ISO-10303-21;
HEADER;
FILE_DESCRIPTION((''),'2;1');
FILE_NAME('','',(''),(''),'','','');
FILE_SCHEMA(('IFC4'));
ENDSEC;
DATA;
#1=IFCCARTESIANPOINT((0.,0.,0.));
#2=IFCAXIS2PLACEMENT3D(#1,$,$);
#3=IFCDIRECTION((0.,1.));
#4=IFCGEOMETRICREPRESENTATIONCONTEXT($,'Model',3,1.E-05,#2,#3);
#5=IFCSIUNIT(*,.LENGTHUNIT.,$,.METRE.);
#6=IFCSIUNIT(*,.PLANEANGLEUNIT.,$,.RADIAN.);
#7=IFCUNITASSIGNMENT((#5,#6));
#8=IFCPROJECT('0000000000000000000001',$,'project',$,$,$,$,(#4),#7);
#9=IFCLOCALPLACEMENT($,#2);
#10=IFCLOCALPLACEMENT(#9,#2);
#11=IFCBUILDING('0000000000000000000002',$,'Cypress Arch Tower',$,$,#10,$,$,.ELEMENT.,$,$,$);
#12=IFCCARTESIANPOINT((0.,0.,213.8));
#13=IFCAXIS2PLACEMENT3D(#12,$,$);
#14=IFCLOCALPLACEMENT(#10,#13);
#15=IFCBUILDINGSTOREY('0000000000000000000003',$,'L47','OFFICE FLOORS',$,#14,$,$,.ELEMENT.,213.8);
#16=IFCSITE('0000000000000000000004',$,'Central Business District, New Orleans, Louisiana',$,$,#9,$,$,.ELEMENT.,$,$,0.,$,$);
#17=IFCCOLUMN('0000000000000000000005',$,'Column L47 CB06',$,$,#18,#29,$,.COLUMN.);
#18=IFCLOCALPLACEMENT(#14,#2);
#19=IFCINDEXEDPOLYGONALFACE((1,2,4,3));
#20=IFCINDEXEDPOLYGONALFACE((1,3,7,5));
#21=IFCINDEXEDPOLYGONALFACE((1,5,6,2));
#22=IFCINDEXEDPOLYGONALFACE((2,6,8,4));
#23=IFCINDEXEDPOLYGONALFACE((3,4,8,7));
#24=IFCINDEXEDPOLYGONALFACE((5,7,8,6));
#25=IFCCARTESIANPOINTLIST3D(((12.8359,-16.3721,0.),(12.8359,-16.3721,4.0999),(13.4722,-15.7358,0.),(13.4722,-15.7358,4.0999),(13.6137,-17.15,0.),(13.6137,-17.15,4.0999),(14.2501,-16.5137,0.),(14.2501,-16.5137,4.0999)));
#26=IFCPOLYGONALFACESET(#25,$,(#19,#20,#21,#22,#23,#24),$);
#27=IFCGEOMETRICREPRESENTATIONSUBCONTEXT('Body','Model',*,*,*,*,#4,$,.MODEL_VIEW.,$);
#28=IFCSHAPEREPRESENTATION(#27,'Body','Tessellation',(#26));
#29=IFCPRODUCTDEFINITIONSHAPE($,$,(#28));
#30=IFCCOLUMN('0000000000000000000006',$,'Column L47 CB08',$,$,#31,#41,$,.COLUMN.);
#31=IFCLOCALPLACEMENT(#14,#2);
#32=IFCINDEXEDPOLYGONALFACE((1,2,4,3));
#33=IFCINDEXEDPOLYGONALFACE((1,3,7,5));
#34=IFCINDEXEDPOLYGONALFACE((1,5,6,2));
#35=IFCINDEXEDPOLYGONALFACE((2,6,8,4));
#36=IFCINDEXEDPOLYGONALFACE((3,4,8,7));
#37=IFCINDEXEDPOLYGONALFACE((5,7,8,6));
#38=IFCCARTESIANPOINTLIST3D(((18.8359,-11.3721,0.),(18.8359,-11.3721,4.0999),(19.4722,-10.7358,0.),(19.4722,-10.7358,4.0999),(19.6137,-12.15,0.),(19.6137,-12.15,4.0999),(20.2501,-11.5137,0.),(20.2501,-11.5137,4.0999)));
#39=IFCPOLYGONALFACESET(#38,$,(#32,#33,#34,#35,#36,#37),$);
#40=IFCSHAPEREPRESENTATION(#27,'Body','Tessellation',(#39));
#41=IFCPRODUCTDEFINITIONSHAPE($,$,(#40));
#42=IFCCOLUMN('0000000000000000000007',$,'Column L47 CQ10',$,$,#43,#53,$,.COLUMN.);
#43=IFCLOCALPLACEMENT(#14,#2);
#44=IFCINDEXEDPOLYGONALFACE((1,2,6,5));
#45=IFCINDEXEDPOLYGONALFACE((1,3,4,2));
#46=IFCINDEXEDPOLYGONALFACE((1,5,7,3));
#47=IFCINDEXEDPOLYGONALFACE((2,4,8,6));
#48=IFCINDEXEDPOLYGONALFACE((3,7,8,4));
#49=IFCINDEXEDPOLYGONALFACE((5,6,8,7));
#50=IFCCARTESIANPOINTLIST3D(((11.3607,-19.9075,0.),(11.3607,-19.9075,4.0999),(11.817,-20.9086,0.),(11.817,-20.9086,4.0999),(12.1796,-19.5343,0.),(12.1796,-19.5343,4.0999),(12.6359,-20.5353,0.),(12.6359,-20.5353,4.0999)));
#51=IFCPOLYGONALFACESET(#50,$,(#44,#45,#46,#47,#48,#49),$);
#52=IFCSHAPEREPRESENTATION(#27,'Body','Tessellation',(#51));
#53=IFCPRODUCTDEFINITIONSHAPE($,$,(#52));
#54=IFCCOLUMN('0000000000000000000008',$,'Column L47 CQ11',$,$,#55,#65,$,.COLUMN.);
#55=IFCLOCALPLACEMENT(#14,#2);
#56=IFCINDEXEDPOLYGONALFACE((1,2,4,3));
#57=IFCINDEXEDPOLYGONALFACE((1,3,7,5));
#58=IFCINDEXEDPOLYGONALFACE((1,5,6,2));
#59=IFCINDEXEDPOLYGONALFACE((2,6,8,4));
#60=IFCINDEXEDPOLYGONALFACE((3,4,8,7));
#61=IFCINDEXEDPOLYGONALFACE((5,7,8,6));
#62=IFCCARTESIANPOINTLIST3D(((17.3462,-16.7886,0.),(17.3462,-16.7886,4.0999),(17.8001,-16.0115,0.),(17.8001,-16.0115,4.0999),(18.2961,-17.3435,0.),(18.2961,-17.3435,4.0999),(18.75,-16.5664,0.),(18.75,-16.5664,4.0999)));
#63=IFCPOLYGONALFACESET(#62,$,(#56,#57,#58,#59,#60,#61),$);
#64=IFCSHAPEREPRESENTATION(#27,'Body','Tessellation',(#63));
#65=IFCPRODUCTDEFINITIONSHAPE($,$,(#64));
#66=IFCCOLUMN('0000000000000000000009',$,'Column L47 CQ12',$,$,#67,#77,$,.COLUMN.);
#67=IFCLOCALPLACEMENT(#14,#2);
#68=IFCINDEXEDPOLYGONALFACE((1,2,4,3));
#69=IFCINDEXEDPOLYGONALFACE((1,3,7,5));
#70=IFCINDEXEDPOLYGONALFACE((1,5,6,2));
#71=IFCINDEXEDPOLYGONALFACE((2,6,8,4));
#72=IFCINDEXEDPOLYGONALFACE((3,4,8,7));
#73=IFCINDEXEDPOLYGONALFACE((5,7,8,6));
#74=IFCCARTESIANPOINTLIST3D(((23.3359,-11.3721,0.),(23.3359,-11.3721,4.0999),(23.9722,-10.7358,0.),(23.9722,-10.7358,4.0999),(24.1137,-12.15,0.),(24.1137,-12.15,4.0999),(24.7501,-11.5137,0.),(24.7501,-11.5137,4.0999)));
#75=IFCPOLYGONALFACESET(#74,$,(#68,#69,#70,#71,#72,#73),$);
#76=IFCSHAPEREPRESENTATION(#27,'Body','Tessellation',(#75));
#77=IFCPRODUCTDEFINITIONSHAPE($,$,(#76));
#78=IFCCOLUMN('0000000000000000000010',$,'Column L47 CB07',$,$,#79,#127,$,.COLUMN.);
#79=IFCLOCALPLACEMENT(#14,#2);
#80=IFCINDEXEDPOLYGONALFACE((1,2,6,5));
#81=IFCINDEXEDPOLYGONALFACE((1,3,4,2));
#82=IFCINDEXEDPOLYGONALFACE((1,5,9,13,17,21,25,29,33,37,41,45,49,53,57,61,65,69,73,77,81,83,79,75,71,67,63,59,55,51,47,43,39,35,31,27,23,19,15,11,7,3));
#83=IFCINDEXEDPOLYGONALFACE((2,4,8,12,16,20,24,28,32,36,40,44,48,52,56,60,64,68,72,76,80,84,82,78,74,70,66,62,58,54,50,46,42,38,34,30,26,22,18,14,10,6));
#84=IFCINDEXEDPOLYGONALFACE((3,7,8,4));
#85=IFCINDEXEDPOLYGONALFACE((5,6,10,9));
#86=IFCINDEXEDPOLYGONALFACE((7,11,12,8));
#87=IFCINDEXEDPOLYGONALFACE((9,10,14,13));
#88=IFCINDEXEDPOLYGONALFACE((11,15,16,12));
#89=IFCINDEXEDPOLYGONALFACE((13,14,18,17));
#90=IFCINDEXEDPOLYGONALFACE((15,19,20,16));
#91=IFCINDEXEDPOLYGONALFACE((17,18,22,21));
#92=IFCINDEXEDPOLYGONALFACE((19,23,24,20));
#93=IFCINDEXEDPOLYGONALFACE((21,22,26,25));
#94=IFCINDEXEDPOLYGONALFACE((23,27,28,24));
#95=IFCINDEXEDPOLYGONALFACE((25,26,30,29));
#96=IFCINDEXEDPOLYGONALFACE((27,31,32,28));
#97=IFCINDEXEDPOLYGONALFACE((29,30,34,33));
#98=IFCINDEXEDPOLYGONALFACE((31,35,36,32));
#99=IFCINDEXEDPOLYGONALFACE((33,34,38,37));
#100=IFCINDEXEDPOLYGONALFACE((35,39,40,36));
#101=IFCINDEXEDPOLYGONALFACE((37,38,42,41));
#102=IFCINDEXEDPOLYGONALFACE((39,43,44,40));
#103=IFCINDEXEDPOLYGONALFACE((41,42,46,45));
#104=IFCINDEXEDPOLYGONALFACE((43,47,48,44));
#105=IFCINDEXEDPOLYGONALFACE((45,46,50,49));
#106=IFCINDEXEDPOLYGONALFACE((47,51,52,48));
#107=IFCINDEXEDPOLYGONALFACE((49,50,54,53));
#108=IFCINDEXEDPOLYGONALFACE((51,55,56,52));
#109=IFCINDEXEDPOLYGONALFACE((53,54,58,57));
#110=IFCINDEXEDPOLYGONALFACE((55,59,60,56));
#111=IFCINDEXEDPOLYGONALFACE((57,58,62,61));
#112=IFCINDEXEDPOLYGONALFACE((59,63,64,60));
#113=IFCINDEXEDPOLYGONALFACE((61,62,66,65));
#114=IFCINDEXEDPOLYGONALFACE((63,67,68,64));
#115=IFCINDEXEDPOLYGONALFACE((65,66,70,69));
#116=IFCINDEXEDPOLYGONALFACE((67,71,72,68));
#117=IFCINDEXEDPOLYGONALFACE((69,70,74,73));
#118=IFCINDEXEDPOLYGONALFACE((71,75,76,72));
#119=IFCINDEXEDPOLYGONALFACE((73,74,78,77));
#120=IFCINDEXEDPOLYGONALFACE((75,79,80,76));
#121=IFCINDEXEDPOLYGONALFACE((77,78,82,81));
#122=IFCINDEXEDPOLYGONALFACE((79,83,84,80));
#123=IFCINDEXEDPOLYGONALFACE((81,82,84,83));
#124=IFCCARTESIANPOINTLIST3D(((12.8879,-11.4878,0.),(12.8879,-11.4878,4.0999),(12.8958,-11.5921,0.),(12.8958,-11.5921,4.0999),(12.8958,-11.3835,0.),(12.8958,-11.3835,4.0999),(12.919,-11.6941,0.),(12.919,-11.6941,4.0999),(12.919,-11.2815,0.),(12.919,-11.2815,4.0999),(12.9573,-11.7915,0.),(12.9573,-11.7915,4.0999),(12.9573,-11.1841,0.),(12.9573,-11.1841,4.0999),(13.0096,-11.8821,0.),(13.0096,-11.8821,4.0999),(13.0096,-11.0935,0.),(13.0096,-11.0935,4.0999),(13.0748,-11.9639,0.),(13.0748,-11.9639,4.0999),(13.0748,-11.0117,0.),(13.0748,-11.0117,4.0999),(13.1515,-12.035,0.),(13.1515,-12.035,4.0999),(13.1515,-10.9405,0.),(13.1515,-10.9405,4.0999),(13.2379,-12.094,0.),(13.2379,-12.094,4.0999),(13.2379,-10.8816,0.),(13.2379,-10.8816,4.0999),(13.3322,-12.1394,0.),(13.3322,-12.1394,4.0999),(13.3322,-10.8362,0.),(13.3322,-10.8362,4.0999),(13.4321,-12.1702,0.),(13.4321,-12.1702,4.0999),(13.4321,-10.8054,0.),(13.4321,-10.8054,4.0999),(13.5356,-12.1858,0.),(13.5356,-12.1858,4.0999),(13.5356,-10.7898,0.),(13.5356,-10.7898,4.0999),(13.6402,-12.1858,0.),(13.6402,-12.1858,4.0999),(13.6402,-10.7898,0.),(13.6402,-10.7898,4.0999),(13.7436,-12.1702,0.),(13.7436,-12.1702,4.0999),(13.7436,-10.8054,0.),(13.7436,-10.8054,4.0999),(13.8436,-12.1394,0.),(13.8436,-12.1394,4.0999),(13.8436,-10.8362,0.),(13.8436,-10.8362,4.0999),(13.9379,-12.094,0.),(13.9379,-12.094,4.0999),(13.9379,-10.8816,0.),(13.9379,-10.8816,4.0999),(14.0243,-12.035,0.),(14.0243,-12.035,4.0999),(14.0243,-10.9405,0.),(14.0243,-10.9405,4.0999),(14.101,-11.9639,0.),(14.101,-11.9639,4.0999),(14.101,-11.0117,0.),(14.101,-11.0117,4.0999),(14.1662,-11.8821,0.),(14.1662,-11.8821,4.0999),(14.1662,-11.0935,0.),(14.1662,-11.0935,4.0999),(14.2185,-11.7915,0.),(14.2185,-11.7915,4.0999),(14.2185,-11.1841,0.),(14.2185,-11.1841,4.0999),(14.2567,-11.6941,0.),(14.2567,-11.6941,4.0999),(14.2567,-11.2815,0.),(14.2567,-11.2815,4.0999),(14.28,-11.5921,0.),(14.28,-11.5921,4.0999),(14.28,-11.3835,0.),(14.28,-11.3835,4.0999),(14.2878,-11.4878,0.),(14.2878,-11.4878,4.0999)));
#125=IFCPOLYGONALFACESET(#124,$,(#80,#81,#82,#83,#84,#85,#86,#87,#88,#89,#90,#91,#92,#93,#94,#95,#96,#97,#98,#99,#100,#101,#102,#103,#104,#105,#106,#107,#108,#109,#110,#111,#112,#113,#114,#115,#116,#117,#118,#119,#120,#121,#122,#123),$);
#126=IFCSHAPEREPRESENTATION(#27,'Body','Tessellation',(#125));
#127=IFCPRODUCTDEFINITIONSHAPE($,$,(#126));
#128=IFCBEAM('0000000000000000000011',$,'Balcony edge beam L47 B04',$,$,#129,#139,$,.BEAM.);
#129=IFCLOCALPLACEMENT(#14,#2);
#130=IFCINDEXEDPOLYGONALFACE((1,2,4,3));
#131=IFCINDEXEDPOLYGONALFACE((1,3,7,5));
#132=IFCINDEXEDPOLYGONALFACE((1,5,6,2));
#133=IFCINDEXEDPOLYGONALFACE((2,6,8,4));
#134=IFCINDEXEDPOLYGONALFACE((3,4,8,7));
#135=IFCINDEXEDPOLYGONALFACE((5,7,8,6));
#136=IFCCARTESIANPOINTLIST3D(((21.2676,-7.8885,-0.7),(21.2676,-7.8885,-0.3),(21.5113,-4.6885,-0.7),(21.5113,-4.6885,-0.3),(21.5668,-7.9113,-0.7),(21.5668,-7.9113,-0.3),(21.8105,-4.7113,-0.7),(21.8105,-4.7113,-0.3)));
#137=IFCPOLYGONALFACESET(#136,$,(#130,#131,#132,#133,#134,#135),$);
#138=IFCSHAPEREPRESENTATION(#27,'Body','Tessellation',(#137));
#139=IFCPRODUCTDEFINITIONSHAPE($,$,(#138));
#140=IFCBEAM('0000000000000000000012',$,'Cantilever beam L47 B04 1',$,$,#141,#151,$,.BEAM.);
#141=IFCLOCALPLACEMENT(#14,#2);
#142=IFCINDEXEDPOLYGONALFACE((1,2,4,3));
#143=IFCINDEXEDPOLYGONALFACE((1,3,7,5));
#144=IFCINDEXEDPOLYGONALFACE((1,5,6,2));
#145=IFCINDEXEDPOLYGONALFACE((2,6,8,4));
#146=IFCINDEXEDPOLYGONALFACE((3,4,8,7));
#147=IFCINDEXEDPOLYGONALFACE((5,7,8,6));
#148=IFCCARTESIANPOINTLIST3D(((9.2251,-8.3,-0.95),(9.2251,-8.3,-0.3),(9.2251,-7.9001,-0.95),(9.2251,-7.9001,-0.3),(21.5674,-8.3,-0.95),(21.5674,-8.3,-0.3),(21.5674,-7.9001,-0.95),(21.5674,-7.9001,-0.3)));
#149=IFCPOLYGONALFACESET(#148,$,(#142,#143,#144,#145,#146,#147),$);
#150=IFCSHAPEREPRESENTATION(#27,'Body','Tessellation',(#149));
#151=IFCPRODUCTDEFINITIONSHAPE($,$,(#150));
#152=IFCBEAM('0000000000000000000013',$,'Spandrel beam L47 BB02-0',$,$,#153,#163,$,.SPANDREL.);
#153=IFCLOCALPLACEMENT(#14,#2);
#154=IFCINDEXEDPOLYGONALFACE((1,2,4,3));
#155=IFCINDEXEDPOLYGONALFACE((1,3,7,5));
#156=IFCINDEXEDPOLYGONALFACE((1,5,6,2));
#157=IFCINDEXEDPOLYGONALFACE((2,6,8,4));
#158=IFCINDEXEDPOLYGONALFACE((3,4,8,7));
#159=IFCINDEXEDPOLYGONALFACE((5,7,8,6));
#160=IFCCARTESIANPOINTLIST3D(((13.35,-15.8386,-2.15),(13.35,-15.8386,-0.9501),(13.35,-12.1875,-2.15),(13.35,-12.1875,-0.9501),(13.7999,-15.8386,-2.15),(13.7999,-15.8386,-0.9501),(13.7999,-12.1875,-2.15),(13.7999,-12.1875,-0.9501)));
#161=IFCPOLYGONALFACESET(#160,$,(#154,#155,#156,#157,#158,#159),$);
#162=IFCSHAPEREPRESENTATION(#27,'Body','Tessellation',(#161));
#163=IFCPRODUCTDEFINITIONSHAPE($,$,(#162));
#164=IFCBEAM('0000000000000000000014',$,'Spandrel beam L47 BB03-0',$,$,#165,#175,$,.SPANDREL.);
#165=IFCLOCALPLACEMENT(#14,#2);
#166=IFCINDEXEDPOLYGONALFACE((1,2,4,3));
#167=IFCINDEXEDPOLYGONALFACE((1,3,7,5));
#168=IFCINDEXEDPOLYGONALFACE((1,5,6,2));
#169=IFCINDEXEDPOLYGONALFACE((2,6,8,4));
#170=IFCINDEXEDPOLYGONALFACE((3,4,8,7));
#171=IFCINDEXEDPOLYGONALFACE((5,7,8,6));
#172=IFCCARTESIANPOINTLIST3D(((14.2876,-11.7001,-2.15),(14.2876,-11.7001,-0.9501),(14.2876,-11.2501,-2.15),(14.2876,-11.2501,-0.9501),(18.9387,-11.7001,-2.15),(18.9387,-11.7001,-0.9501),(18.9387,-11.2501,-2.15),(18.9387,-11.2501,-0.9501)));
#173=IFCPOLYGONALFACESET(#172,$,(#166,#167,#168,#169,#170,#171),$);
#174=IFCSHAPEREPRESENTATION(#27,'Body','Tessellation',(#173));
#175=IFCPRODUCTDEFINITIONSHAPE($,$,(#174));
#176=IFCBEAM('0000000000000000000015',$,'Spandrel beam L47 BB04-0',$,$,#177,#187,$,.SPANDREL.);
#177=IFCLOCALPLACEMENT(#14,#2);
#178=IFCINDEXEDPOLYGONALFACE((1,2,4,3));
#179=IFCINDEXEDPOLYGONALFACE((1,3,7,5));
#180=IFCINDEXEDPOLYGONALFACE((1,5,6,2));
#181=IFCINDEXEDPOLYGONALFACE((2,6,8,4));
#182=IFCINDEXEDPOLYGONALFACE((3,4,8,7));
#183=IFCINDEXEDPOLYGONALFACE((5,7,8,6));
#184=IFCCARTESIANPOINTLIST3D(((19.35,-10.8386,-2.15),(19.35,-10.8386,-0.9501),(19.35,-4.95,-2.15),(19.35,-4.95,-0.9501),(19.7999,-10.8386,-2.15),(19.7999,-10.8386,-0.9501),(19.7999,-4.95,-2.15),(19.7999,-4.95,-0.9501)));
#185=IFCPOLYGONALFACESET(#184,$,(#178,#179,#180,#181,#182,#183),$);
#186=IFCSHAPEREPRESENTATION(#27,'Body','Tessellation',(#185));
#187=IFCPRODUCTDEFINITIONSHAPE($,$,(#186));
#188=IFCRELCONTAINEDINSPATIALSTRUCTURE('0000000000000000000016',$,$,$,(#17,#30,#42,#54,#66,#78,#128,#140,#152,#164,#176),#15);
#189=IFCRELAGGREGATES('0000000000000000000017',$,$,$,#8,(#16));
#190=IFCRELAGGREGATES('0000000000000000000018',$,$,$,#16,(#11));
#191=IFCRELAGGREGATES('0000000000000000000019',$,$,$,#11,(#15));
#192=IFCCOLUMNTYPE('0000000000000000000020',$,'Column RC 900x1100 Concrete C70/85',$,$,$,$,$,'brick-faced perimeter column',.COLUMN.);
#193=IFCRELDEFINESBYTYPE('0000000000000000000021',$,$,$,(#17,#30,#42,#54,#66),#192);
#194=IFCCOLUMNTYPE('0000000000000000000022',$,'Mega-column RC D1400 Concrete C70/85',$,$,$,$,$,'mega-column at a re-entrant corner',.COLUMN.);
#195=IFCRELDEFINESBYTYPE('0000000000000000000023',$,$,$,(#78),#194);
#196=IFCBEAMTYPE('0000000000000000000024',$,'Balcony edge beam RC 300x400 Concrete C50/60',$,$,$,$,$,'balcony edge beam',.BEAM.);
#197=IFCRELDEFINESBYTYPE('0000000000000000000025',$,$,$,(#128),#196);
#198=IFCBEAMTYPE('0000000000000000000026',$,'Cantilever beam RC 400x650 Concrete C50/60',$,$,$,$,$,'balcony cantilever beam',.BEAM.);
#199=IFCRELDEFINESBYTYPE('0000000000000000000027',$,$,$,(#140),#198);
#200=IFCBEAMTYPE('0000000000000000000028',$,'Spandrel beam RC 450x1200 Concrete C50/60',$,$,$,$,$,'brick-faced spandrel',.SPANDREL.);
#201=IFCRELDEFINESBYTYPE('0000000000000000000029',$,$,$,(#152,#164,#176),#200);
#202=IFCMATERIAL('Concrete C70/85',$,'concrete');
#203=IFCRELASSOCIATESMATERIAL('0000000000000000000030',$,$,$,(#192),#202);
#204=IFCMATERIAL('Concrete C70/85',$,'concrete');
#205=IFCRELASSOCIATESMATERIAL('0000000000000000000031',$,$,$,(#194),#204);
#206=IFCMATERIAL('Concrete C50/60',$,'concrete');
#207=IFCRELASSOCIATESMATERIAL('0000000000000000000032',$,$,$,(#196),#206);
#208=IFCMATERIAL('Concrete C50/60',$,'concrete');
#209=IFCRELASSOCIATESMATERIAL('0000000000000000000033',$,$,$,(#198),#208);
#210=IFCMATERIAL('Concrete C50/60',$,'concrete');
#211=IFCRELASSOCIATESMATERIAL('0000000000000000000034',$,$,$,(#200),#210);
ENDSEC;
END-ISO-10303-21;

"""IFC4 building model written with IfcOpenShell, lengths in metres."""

from ifc_helpers import new_model, si_unit, direction, frame, origin, origin_2d, place, context, subcontext, project, spatial, rectangle, circle, extrude, material, material_profile, profile_set, type_object, element, save


model = new_model("IFC4")

# Units and contexts
model_context = context("Model", 3, precision=1e-05, world=origin(), true_north=direction((0.0, 1.0)))
body_context = subcontext(model_context, "Body", "Model", "MODEL_VIEW")
ifc_project = project(units=[si_unit("LENGTHUNIT", "METRE"), si_unit("PLANEANGLEUNIT", "RADIAN")], contexts=[model_context])

# Site, building, storey
site_placement = place(None, origin())
site = spatial("IfcSite", under=ifc_project, at=site_placement, Name="Central Business District, New Orleans, Louisiana", CompositionType="ELEMENT", RefElevation=0.0)
building_placement = place(site_placement, origin())
building = spatial("IfcBuilding", under=site, at=building_placement, Name="Cypress Arch Tower", CompositionType="ELEMENT")
storey_placement = place(building_placement, frame((0.0, 0.0, 213.8)))
storey = spatial("IfcBuildingStorey", under=building, at=storey_placement, Name="L47", Description="OFFICE FLOORS", CompositionType="ELEMENT", Elevation=213.8)

# Columns
ifc_material_1 = material(Name="Concrete C70/85", Category="concrete")
ifc_material_profile_1 = material_profile(ifc_material_1, rectangle(XDim=0.8999, YDim=1.1001, at=origin_2d()), Name="RC 900x1100")
ifc_profile_set_1 = profile_set([ifc_material_profile_1], Name="Concrete C70/85")
column_type_1 = type_object("IfcColumnType", Name="Column RC 900x1100 Concrete C70/85", ElementType="brick-faced perimeter column", PredefinedType="COLUMN", material=ifc_profile_set_1)
for number, where, z_axis, x_axis, name in (
    (1, (13.543, -16.4429, 0.0), (0.0, 0.0, 1.0), (0.707107, 0.707107, 0.0), "Column L47 CB06"),
    (2, (19.543, -11.4429, 0.0), (0.0, 0.0, 1.0), (0.707107, 0.707107, 0.0), "Column L47 CB08"),
    (3, (11.9983, -20.2214, 0.0), (0.0, 0.0, 1.0), (0.909932, 0.414757, 0.0), "Column L47 CQ10"),
    (4, (18.0481, -16.6775, 0.0), (0.0, 0.0, 1.0), (0.504399, 0.863471, 0.0), "Column L47 CQ11"),
    (5, (24.043, -11.4429, 0.0), (0.0, 0.0, 1.0), (0.707107, 0.707107, 0.0), "Column L47 CQ12"),
):
    element("IfcColumn", number, at=place(storey_placement, frame(where, z_axis=z_axis, x_axis=x_axis)), inside=storey, type_object=column_type_1, Name=name, PredefinedType="COLUMN", context=body_context, shape_type="SweptSolid", body=[
        extrude(rectangle(XDim=0.8999, YDim=1.1001, at=origin_2d()), origin(), (0.0, 0.0, 1.0), 4.0999),
    ])
ifc_material_2 = material(Name="Concrete C70/85", Category="concrete")
ifc_material_profile_2 = material_profile(ifc_material_2, circle(Radius=0.7, at=origin_2d()), Name="RC D1400")
ifc_profile_set_2 = profile_set([ifc_material_profile_2], Name="Concrete C70/85")
column_type_2 = type_object("IfcColumnType", Name="Mega-column RC D1400 Concrete C70/85", ElementType="mega-column at a re-entrant corner", PredefinedType="COLUMN", material=ifc_profile_set_2)
column_placement = place(storey_placement, frame((13.5879, -11.4878, 0.0), z_axis=(0.0, 0.0, 1.0), x_axis=(1.0, 0.0, 0.0)))
element("IfcColumn", 6, at=column_placement, inside=storey, type_object=column_type_2, Name="Column L47 CB07", PredefinedType="COLUMN", context=body_context, shape_type="SweptSolid", body=[
    extrude(circle(Radius=0.7, at=origin_2d()), origin(), (0.0, 0.0, 1.0), 4.0999),
])

# Beams
ifc_material_3 = material(Name="Concrete C50/60", Category="concrete")
ifc_material_profile_3 = material_profile(ifc_material_3, rectangle(XDim=0.3, YDim=0.3999, at=origin_2d()), Name="RC 300x400")
ifc_profile_set_3 = profile_set([ifc_material_profile_3], Name="Concrete C50/60")
beam_type_1 = type_object("IfcBeamType", Name="Balcony edge beam RC 300x400 Concrete C50/60", ElementType="balcony edge beam", PredefinedType="BEAM", material=ifc_profile_set_3)
beam_1_placement = place(storey_placement, frame((21.4172, -7.8999, -0.5), z_axis=(0.075923, 0.997114, 0.0), x_axis=(-0.997114, 0.075923, 0.0)))
element("IfcBeam", 7, at=beam_1_placement, inside=storey, type_object=beam_type_1, Name="Balcony edge beam L47 B04", PredefinedType="BEAM", context=body_context, shape_type="SweptSolid", body=[
    extrude(rectangle(XDim=0.3, YDim=0.3999, at=origin_2d()), origin(), (0.0, 0.0, 1.0), 3.2092),
])
ifc_material_4 = material(Name="Concrete C50/60", Category="concrete")
ifc_material_profile_4 = material_profile(ifc_material_4, rectangle(XDim=0.3999, YDim=0.6499, at=origin_2d()), Name="RC 400x650")
ifc_profile_set_4 = profile_set([ifc_material_profile_4], Name="Concrete C50/60")
beam_type_2 = type_object("IfcBeamType", Name="Cantilever beam RC 400x650 Concrete C50/60", ElementType="balcony cantilever beam", PredefinedType="BEAM", material=ifc_profile_set_4)
beam_2_placement = place(storey_placement, frame((9.2251, -8.1001, -0.625), z_axis=(1.0, 0.0, 0.0), x_axis=(0.0, 1.0, 0.0)))
element("IfcBeam", 8, at=beam_2_placement, inside=storey, type_object=beam_type_2, Name="Cantilever beam L47 B04 1", PredefinedType="BEAM", context=body_context, shape_type="SweptSolid", body=[
    extrude(rectangle(XDim=0.3999, YDim=0.6499, at=origin_2d()), origin(), (0.0, 0.0, 1.0), 12.3423),
])
ifc_material_5 = material(Name="Concrete C50/60", Category="concrete")
ifc_material_profile_5 = material_profile(ifc_material_5, rectangle(XDim=0.45, YDim=1.2, at=origin_2d()), Name="RC 450x1200")
ifc_profile_set_5 = profile_set([ifc_material_profile_5], Name="Concrete C50/60")
beam_type_3 = type_object("IfcBeamType", Name="Spandrel beam RC 450x1200 Concrete C50/60", ElementType="brick-faced spandrel", PredefinedType="SPANDREL", material=ifc_profile_set_5)
beam_3_placement = place(storey_placement, frame((13.575, -15.8386, -1.55), z_axis=(0.0, 1.0, 0.0), x_axis=(-1.0, 0.0, 0.0)))
element("IfcBeam", 9, at=beam_3_placement, inside=storey, type_object=beam_type_3, Name="Spandrel beam L47 BB02-0", PredefinedType="SPANDREL", context=body_context, shape_type="SweptSolid", body=[
    extrude(rectangle(XDim=0.45, YDim=1.2, at=origin_2d()), origin(), (0.0, 0.0, 1.0), 3.6511),
])
beam_4_placement = place(storey_placement, frame((14.2876, -11.4751, -1.55), z_axis=(1.0, 0.0, 0.0), x_axis=(0.0, 1.0, 0.0)))
element("IfcBeam", 10, at=beam_4_placement, inside=storey, type_object=beam_type_3, Name="Spandrel beam L47 BB03-0", PredefinedType="SPANDREL", context=body_context, shape_type="SweptSolid", body=[
    extrude(rectangle(XDim=0.45, YDim=1.2, at=origin_2d()), origin(), (0.0, 0.0, 1.0), 4.6511),
])
beam_5_placement = place(storey_placement, frame((19.575, -10.8386, -1.55), z_axis=(0.0, 1.0, 0.0), x_axis=(-1.0, 0.0, 0.0)))
element("IfcBeam", 11, at=beam_5_placement, inside=storey, type_object=beam_type_3, Name="Spandrel beam L47 BB04-0", PredefinedType="SPANDREL", context=body_context, shape_type="SweptSolid", body=[
    extrude(rectangle(XDim=0.45, YDim=1.2, at=origin_2d()), origin(), (0.0, 0.0, 1.0), 5.8887),
])

save(model, "model.ifc")
